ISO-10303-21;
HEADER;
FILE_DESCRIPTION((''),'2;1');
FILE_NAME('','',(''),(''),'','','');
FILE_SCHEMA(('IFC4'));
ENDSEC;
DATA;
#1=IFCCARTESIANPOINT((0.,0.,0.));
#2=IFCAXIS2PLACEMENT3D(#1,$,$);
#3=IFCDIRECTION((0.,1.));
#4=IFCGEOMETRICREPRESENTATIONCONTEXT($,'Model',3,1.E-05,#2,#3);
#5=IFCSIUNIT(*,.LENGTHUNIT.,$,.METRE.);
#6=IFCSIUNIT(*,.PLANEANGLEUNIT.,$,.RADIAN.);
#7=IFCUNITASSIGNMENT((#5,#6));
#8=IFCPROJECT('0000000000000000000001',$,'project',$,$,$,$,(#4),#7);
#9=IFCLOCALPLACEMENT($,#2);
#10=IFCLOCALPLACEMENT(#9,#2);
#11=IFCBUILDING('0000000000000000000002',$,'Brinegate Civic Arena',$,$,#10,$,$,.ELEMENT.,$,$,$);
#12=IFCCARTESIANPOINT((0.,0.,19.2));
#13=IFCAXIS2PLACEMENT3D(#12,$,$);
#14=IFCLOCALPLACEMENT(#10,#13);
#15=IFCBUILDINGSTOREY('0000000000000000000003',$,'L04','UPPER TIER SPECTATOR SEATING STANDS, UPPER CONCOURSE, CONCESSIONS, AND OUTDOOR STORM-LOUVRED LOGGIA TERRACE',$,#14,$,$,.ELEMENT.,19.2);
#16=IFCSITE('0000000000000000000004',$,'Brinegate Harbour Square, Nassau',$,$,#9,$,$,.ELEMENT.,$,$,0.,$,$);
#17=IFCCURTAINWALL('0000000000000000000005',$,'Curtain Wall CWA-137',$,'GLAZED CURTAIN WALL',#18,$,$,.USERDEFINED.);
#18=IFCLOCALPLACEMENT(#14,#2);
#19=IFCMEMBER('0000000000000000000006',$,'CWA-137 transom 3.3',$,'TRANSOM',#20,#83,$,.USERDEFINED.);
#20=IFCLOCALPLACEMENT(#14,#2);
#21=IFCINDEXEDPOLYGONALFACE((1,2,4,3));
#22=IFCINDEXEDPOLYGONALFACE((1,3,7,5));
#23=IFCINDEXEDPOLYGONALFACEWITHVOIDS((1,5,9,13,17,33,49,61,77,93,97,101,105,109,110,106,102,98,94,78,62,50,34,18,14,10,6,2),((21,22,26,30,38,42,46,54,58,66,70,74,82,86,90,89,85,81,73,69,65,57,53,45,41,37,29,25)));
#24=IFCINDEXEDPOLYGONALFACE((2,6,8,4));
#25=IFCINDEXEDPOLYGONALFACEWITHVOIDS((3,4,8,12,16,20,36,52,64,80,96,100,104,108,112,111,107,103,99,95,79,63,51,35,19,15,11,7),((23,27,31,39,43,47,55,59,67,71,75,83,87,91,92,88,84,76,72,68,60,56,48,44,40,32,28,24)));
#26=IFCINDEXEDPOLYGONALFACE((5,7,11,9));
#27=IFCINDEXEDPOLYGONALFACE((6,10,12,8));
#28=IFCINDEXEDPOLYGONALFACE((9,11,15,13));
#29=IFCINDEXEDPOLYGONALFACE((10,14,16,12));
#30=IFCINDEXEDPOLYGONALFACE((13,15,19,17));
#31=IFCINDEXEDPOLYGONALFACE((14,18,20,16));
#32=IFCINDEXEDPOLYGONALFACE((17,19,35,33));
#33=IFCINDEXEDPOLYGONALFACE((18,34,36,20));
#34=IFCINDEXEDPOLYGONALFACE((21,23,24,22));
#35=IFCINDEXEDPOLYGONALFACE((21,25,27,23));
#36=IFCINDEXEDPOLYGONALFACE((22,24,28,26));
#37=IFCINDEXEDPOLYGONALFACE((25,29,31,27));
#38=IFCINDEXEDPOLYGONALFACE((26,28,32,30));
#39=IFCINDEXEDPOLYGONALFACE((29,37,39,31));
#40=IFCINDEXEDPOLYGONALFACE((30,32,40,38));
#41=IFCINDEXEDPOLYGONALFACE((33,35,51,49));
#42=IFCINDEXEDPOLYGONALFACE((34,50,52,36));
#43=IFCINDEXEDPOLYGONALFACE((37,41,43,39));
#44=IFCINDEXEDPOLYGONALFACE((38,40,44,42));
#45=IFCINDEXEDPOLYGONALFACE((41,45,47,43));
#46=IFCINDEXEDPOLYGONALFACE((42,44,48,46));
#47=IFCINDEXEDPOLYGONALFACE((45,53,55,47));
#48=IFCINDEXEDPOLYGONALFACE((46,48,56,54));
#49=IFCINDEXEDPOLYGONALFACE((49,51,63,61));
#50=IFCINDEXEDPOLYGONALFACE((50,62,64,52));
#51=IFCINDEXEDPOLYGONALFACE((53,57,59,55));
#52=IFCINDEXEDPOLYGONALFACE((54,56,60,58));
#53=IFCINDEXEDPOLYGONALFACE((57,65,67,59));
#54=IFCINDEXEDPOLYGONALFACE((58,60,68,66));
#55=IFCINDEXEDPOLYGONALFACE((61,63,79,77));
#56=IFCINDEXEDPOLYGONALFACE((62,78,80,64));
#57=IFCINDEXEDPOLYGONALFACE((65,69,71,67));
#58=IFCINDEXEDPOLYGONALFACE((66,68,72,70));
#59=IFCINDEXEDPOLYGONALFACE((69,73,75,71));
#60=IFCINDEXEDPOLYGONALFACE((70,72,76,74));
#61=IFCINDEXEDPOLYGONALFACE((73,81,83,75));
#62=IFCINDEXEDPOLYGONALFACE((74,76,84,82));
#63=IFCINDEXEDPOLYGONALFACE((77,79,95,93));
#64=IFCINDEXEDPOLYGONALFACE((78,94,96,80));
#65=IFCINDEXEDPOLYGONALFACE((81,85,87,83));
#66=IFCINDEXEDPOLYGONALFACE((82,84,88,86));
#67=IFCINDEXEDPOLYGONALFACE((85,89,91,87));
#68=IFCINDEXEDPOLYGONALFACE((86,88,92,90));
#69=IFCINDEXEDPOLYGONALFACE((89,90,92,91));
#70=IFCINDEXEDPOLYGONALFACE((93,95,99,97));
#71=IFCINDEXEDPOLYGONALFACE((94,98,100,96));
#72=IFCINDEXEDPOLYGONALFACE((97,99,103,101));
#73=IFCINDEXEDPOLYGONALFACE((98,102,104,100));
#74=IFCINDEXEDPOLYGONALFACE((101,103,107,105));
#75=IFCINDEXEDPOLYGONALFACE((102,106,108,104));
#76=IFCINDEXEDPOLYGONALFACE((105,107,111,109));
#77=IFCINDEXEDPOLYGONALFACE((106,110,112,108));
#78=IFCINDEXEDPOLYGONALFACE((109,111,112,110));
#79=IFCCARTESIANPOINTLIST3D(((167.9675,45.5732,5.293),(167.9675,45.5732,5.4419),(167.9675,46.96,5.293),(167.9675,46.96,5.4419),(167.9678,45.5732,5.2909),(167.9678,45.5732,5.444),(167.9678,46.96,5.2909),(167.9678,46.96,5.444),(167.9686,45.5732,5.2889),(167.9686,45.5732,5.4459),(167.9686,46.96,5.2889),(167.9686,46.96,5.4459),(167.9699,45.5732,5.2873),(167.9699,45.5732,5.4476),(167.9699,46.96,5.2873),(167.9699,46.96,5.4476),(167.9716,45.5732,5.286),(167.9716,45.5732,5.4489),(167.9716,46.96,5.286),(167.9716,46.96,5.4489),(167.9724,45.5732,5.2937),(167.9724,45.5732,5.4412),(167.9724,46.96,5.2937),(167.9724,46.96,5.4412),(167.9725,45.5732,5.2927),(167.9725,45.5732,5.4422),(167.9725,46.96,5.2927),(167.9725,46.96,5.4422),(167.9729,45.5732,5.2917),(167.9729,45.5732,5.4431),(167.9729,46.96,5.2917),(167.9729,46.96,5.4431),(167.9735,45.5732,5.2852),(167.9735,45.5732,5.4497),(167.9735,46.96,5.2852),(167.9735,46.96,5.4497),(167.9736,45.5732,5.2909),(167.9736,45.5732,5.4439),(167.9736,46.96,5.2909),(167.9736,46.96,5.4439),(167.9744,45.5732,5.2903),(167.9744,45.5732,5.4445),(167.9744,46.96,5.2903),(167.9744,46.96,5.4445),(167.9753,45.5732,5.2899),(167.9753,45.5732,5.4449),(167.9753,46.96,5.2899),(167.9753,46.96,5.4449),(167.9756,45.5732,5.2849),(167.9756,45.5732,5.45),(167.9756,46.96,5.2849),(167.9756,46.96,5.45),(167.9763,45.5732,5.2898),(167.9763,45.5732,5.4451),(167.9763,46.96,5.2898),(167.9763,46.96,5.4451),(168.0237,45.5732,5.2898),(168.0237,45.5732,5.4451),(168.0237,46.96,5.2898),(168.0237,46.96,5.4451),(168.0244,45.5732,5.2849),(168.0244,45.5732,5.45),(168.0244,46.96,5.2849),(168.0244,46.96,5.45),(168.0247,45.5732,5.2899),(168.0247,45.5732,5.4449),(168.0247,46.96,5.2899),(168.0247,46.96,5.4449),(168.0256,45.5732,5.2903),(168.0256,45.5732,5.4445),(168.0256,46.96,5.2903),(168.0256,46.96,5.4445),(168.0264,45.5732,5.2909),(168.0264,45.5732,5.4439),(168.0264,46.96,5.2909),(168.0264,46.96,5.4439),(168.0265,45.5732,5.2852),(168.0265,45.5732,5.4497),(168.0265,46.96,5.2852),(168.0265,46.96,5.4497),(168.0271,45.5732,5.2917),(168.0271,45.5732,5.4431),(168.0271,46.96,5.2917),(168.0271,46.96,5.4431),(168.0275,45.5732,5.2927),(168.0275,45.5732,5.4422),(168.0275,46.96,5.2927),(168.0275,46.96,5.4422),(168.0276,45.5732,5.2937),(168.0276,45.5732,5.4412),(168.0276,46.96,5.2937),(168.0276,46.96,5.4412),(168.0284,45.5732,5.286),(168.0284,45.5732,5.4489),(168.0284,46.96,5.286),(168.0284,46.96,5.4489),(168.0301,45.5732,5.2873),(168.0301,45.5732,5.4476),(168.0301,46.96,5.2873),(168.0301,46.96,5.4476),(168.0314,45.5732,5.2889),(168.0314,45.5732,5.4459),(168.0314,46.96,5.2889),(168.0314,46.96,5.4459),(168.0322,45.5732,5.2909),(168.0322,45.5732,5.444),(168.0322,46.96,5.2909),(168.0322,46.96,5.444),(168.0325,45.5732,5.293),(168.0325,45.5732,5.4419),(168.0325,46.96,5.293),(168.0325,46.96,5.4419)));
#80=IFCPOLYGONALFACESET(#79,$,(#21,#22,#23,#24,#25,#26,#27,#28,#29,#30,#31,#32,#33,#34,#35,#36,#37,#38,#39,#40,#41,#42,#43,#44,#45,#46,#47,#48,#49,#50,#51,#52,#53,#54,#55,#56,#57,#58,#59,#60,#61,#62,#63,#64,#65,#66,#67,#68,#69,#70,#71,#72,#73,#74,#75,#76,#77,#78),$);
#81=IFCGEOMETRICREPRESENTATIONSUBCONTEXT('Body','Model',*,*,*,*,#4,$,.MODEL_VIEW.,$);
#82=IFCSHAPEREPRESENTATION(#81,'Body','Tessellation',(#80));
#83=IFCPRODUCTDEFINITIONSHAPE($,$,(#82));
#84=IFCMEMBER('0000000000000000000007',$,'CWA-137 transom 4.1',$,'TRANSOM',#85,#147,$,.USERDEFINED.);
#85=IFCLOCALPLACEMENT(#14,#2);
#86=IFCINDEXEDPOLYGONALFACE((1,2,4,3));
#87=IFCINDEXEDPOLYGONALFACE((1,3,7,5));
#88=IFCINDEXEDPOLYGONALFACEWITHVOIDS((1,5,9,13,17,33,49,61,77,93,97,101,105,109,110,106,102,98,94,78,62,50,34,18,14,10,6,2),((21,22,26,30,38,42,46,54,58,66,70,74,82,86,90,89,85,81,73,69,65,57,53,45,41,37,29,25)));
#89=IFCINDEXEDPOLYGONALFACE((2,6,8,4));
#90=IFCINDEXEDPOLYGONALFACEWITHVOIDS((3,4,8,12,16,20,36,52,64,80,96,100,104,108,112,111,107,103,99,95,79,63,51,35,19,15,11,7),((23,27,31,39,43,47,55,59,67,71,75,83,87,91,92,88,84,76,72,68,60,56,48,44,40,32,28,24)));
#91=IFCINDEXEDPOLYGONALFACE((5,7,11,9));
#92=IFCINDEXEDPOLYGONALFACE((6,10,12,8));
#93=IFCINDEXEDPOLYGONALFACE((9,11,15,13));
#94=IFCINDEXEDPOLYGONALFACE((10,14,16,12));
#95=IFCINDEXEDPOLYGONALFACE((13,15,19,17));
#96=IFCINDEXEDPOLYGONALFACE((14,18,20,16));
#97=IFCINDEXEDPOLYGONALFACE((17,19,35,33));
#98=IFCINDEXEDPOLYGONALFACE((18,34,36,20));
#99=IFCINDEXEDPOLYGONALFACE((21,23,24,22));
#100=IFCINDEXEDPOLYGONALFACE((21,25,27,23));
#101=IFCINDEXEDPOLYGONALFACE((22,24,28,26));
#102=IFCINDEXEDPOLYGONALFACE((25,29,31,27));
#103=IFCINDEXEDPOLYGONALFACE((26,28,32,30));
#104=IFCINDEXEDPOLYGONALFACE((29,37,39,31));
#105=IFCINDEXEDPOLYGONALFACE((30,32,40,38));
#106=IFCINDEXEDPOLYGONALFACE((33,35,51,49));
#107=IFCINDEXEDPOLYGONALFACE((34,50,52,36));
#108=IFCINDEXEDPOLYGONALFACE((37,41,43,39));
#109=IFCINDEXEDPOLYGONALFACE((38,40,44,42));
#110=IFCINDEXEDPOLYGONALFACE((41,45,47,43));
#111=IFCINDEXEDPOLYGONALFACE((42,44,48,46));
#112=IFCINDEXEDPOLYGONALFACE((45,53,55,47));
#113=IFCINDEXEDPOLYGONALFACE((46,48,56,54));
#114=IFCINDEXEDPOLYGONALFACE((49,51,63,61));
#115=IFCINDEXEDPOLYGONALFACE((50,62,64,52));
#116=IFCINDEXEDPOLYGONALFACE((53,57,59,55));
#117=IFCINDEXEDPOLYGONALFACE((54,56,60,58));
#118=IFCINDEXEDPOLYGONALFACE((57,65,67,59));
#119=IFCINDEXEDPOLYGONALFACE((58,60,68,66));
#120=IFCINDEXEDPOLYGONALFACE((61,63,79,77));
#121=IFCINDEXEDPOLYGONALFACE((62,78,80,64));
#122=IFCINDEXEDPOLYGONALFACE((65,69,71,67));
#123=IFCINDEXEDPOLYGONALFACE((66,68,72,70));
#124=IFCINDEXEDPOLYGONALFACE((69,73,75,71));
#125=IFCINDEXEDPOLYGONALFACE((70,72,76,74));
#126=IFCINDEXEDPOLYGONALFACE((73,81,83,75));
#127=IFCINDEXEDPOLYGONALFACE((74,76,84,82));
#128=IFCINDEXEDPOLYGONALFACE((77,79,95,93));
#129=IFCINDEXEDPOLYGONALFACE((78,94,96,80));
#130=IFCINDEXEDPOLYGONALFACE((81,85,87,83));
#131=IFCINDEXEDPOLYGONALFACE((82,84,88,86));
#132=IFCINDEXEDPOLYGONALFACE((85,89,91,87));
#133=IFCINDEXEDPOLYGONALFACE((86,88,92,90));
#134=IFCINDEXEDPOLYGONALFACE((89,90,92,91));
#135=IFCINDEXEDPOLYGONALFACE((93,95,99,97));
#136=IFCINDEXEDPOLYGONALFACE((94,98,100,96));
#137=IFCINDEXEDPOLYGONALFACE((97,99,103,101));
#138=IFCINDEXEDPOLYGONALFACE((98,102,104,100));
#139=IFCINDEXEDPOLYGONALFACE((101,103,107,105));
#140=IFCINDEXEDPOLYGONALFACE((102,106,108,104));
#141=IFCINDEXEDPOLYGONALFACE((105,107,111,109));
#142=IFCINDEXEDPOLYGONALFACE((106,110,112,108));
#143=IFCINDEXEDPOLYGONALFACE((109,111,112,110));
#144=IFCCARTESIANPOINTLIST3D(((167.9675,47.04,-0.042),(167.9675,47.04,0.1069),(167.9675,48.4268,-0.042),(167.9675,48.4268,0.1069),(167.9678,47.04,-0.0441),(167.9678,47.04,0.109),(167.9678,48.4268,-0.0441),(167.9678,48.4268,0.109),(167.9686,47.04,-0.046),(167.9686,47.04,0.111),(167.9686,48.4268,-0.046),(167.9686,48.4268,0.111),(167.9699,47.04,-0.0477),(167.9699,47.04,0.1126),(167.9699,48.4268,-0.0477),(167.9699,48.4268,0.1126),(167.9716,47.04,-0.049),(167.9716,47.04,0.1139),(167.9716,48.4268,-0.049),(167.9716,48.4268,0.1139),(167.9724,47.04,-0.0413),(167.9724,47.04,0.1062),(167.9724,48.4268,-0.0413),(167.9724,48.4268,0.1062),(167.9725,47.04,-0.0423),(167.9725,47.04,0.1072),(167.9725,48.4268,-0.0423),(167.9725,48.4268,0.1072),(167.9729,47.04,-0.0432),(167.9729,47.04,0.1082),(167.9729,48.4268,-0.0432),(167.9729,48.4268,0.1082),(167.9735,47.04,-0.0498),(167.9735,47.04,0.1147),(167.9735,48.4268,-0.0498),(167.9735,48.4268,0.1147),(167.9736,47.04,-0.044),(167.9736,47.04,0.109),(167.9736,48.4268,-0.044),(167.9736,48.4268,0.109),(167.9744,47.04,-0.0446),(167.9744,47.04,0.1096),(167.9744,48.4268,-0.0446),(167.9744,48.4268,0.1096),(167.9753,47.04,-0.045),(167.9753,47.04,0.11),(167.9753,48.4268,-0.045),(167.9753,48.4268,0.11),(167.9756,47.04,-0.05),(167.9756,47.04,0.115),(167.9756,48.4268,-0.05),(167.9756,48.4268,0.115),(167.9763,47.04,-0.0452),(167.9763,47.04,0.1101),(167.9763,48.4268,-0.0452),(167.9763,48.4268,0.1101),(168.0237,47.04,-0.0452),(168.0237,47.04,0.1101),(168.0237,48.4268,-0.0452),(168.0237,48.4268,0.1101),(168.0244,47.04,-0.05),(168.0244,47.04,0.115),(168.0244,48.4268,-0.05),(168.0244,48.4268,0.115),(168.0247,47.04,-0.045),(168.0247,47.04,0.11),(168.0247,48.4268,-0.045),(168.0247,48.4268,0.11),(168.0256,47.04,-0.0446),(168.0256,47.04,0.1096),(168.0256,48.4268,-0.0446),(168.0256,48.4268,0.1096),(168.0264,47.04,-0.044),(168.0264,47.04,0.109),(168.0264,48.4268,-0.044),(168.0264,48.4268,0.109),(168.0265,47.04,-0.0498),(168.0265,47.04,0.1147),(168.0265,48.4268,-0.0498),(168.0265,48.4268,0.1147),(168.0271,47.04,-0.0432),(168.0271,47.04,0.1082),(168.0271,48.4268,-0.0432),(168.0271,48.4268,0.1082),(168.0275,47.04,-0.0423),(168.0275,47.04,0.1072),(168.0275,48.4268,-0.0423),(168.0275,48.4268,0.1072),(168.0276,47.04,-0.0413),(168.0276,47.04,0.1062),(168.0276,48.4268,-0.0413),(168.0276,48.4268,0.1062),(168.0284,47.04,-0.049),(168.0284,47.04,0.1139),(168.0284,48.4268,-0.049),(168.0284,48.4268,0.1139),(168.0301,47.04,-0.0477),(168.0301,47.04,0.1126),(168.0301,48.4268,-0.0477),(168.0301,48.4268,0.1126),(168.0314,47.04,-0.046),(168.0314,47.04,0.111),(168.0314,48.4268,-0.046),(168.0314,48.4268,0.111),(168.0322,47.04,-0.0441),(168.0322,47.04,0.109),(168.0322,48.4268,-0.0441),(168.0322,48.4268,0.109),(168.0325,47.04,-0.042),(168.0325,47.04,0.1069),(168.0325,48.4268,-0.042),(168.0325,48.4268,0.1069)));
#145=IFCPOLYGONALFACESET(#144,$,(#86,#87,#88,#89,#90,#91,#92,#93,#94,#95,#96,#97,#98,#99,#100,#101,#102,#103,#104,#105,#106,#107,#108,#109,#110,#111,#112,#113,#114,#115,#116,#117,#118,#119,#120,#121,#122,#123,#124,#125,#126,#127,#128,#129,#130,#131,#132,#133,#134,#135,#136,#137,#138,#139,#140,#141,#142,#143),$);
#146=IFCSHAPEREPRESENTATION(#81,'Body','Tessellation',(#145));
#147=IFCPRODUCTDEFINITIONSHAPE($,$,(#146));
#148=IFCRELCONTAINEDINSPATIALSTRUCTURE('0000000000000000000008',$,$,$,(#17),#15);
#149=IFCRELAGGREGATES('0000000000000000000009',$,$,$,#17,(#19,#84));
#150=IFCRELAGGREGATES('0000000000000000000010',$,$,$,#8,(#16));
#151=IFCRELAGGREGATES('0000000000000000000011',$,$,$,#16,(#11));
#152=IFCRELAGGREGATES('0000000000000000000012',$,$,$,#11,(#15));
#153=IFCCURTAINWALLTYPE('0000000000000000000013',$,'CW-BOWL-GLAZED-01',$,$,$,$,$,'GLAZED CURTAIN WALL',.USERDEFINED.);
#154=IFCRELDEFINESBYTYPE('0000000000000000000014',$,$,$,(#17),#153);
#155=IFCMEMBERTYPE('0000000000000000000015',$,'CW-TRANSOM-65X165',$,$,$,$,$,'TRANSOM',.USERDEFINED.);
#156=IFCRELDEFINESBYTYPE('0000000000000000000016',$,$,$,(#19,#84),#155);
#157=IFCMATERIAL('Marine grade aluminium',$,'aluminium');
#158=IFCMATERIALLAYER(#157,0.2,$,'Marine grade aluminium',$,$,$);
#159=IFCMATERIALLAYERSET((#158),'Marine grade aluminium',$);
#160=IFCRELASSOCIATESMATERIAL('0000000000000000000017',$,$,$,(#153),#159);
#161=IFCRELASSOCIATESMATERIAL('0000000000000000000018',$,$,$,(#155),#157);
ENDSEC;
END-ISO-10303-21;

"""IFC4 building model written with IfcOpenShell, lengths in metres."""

from ifc_helpers import new_model, si_unit, direction, frame, origin, origin_2d, place, context, subcontext, project, spatial, hollow_rectangle, extrude, material, layer, layer_set, material_profile, profile_set, type_object, element, aggregate, save


model = new_model("IFC4")

# Units and contexts
model_context = context("Model", 3, precision=1e-05, world=origin(), true_north=direction((0.0, 1.0)))
body_context = subcontext(model_context, "Body", "Model", "MODEL_VIEW")
ifc_project = project(units=[si_unit("LENGTHUNIT", "METRE"), si_unit("PLANEANGLEUNIT", "RADIAN")], contexts=[model_context])

# Site, building, storey
site_placement = place(None, origin())
site = spatial("IfcSite", under=ifc_project, at=site_placement, Name="Brinegate Harbour Square, Nassau", CompositionType="ELEMENT", RefElevation=0.0)
building_placement = place(site_placement, origin())
building = spatial("IfcBuilding", under=site, at=building_placement, Name="Brinegate Civic Arena", CompositionType="ELEMENT")
storey_placement = place(building_placement, frame((0.0, 0.0, 19.2)))
storey = spatial("IfcBuildingStorey", under=building, at=storey_placement, Name="L04", Description="UPPER TIER SPECTATOR SEATING STANDS, UPPER CONCOURSE, CONCESSIONS, AND OUTDOOR STORM-LOUVRED LOGGIA TERRACE", CompositionType="ELEMENT", Elevation=19.2)

# Curtain wall, members
ifc_material_1 = material(Name="Marine grade aluminium", Category="aluminium")
ifc_layer_1 = layer(ifc_material_1, 0.2, Name="Marine grade aluminium")
ifc_layer_set_1 = layer_set([ifc_layer_1], Name="Marine grade aluminium")
curtain_wall_type = type_object("IfcCurtainWallType", Name="CW-BOWL-GLAZED-01", ElementType="GLAZED CURTAIN WALL", PredefinedType="USERDEFINED", material=ifc_layer_set_1)
curtain_wall_placement = place(storey_placement, origin())
curtain_wall = element("IfcCurtainWall", 1, at=curtain_wall_placement, inside=storey, type_object=curtain_wall_type, Name="Curtain Wall CWA-137", ObjectType="GLAZED CURTAIN WALL", PredefinedType="USERDEFINED")
ifc_material_profile_1 = material_profile(ifc_material_1, hollow_rectangle(XDim=0.0649, YDim=0.165, WallThickness=0.0049, InnerFilletRadius=0.0039, OuterFilletRadius=0.0081, at=origin_2d()), Name="TRN65X165")
ifc_profile_set_1 = profile_set([ifc_material_profile_1], Name="Marine grade aluminium")
member_type_1 = type_object("IfcMemberType", Name="CW-TRANSOM-65X165", ElementType="TRANSOM", PredefinedType="USERDEFINED", material=ifc_profile_set_1)
member_1_placement = place(storey_placement, frame((168.0, 45.5732, 5.3674), z_axis=(0.0, 1.0, 0.0), x_axis=(-1.0, 0.0, 0.0)))
member_1 = element("IfcMember", 2, at=member_1_placement, type_object=member_type_1, Name="CWA-137 transom 3.3", ObjectType="TRANSOM", PredefinedType="USERDEFINED", context=body_context, shape_type="SweptSolid", body=[
    extrude(hollow_rectangle(XDim=0.0649, YDim=0.165, WallThickness=0.0049, InnerFilletRadius=0.0039, OuterFilletRadius=0.0081, at=origin_2d()), origin(), (0.0, 0.0, 1.0), 1.3867),
])
member_2_placement = place(storey_placement, frame((168.0, 47.04, 0.0325), z_axis=(0.0, 1.0, 0.0), x_axis=(-1.0, 0.0, 0.0)))
member_2 = element("IfcMember", 3, at=member_2_placement, type_object=member_type_1, Name="CWA-137 transom 4.1", ObjectType="TRANSOM", PredefinedType="USERDEFINED", context=body_context, shape_type="SweptSolid", body=[
    extrude(hollow_rectangle(XDim=0.0649, YDim=0.165, WallThickness=0.0049, InnerFilletRadius=0.0039, OuterFilletRadius=0.0081, at=origin_2d()), origin(), (0.0, 0.0, 1.0), 1.3867),
])
aggregate(curtain_wall, [member_1, member_2])

save(model, "model.ifc")
